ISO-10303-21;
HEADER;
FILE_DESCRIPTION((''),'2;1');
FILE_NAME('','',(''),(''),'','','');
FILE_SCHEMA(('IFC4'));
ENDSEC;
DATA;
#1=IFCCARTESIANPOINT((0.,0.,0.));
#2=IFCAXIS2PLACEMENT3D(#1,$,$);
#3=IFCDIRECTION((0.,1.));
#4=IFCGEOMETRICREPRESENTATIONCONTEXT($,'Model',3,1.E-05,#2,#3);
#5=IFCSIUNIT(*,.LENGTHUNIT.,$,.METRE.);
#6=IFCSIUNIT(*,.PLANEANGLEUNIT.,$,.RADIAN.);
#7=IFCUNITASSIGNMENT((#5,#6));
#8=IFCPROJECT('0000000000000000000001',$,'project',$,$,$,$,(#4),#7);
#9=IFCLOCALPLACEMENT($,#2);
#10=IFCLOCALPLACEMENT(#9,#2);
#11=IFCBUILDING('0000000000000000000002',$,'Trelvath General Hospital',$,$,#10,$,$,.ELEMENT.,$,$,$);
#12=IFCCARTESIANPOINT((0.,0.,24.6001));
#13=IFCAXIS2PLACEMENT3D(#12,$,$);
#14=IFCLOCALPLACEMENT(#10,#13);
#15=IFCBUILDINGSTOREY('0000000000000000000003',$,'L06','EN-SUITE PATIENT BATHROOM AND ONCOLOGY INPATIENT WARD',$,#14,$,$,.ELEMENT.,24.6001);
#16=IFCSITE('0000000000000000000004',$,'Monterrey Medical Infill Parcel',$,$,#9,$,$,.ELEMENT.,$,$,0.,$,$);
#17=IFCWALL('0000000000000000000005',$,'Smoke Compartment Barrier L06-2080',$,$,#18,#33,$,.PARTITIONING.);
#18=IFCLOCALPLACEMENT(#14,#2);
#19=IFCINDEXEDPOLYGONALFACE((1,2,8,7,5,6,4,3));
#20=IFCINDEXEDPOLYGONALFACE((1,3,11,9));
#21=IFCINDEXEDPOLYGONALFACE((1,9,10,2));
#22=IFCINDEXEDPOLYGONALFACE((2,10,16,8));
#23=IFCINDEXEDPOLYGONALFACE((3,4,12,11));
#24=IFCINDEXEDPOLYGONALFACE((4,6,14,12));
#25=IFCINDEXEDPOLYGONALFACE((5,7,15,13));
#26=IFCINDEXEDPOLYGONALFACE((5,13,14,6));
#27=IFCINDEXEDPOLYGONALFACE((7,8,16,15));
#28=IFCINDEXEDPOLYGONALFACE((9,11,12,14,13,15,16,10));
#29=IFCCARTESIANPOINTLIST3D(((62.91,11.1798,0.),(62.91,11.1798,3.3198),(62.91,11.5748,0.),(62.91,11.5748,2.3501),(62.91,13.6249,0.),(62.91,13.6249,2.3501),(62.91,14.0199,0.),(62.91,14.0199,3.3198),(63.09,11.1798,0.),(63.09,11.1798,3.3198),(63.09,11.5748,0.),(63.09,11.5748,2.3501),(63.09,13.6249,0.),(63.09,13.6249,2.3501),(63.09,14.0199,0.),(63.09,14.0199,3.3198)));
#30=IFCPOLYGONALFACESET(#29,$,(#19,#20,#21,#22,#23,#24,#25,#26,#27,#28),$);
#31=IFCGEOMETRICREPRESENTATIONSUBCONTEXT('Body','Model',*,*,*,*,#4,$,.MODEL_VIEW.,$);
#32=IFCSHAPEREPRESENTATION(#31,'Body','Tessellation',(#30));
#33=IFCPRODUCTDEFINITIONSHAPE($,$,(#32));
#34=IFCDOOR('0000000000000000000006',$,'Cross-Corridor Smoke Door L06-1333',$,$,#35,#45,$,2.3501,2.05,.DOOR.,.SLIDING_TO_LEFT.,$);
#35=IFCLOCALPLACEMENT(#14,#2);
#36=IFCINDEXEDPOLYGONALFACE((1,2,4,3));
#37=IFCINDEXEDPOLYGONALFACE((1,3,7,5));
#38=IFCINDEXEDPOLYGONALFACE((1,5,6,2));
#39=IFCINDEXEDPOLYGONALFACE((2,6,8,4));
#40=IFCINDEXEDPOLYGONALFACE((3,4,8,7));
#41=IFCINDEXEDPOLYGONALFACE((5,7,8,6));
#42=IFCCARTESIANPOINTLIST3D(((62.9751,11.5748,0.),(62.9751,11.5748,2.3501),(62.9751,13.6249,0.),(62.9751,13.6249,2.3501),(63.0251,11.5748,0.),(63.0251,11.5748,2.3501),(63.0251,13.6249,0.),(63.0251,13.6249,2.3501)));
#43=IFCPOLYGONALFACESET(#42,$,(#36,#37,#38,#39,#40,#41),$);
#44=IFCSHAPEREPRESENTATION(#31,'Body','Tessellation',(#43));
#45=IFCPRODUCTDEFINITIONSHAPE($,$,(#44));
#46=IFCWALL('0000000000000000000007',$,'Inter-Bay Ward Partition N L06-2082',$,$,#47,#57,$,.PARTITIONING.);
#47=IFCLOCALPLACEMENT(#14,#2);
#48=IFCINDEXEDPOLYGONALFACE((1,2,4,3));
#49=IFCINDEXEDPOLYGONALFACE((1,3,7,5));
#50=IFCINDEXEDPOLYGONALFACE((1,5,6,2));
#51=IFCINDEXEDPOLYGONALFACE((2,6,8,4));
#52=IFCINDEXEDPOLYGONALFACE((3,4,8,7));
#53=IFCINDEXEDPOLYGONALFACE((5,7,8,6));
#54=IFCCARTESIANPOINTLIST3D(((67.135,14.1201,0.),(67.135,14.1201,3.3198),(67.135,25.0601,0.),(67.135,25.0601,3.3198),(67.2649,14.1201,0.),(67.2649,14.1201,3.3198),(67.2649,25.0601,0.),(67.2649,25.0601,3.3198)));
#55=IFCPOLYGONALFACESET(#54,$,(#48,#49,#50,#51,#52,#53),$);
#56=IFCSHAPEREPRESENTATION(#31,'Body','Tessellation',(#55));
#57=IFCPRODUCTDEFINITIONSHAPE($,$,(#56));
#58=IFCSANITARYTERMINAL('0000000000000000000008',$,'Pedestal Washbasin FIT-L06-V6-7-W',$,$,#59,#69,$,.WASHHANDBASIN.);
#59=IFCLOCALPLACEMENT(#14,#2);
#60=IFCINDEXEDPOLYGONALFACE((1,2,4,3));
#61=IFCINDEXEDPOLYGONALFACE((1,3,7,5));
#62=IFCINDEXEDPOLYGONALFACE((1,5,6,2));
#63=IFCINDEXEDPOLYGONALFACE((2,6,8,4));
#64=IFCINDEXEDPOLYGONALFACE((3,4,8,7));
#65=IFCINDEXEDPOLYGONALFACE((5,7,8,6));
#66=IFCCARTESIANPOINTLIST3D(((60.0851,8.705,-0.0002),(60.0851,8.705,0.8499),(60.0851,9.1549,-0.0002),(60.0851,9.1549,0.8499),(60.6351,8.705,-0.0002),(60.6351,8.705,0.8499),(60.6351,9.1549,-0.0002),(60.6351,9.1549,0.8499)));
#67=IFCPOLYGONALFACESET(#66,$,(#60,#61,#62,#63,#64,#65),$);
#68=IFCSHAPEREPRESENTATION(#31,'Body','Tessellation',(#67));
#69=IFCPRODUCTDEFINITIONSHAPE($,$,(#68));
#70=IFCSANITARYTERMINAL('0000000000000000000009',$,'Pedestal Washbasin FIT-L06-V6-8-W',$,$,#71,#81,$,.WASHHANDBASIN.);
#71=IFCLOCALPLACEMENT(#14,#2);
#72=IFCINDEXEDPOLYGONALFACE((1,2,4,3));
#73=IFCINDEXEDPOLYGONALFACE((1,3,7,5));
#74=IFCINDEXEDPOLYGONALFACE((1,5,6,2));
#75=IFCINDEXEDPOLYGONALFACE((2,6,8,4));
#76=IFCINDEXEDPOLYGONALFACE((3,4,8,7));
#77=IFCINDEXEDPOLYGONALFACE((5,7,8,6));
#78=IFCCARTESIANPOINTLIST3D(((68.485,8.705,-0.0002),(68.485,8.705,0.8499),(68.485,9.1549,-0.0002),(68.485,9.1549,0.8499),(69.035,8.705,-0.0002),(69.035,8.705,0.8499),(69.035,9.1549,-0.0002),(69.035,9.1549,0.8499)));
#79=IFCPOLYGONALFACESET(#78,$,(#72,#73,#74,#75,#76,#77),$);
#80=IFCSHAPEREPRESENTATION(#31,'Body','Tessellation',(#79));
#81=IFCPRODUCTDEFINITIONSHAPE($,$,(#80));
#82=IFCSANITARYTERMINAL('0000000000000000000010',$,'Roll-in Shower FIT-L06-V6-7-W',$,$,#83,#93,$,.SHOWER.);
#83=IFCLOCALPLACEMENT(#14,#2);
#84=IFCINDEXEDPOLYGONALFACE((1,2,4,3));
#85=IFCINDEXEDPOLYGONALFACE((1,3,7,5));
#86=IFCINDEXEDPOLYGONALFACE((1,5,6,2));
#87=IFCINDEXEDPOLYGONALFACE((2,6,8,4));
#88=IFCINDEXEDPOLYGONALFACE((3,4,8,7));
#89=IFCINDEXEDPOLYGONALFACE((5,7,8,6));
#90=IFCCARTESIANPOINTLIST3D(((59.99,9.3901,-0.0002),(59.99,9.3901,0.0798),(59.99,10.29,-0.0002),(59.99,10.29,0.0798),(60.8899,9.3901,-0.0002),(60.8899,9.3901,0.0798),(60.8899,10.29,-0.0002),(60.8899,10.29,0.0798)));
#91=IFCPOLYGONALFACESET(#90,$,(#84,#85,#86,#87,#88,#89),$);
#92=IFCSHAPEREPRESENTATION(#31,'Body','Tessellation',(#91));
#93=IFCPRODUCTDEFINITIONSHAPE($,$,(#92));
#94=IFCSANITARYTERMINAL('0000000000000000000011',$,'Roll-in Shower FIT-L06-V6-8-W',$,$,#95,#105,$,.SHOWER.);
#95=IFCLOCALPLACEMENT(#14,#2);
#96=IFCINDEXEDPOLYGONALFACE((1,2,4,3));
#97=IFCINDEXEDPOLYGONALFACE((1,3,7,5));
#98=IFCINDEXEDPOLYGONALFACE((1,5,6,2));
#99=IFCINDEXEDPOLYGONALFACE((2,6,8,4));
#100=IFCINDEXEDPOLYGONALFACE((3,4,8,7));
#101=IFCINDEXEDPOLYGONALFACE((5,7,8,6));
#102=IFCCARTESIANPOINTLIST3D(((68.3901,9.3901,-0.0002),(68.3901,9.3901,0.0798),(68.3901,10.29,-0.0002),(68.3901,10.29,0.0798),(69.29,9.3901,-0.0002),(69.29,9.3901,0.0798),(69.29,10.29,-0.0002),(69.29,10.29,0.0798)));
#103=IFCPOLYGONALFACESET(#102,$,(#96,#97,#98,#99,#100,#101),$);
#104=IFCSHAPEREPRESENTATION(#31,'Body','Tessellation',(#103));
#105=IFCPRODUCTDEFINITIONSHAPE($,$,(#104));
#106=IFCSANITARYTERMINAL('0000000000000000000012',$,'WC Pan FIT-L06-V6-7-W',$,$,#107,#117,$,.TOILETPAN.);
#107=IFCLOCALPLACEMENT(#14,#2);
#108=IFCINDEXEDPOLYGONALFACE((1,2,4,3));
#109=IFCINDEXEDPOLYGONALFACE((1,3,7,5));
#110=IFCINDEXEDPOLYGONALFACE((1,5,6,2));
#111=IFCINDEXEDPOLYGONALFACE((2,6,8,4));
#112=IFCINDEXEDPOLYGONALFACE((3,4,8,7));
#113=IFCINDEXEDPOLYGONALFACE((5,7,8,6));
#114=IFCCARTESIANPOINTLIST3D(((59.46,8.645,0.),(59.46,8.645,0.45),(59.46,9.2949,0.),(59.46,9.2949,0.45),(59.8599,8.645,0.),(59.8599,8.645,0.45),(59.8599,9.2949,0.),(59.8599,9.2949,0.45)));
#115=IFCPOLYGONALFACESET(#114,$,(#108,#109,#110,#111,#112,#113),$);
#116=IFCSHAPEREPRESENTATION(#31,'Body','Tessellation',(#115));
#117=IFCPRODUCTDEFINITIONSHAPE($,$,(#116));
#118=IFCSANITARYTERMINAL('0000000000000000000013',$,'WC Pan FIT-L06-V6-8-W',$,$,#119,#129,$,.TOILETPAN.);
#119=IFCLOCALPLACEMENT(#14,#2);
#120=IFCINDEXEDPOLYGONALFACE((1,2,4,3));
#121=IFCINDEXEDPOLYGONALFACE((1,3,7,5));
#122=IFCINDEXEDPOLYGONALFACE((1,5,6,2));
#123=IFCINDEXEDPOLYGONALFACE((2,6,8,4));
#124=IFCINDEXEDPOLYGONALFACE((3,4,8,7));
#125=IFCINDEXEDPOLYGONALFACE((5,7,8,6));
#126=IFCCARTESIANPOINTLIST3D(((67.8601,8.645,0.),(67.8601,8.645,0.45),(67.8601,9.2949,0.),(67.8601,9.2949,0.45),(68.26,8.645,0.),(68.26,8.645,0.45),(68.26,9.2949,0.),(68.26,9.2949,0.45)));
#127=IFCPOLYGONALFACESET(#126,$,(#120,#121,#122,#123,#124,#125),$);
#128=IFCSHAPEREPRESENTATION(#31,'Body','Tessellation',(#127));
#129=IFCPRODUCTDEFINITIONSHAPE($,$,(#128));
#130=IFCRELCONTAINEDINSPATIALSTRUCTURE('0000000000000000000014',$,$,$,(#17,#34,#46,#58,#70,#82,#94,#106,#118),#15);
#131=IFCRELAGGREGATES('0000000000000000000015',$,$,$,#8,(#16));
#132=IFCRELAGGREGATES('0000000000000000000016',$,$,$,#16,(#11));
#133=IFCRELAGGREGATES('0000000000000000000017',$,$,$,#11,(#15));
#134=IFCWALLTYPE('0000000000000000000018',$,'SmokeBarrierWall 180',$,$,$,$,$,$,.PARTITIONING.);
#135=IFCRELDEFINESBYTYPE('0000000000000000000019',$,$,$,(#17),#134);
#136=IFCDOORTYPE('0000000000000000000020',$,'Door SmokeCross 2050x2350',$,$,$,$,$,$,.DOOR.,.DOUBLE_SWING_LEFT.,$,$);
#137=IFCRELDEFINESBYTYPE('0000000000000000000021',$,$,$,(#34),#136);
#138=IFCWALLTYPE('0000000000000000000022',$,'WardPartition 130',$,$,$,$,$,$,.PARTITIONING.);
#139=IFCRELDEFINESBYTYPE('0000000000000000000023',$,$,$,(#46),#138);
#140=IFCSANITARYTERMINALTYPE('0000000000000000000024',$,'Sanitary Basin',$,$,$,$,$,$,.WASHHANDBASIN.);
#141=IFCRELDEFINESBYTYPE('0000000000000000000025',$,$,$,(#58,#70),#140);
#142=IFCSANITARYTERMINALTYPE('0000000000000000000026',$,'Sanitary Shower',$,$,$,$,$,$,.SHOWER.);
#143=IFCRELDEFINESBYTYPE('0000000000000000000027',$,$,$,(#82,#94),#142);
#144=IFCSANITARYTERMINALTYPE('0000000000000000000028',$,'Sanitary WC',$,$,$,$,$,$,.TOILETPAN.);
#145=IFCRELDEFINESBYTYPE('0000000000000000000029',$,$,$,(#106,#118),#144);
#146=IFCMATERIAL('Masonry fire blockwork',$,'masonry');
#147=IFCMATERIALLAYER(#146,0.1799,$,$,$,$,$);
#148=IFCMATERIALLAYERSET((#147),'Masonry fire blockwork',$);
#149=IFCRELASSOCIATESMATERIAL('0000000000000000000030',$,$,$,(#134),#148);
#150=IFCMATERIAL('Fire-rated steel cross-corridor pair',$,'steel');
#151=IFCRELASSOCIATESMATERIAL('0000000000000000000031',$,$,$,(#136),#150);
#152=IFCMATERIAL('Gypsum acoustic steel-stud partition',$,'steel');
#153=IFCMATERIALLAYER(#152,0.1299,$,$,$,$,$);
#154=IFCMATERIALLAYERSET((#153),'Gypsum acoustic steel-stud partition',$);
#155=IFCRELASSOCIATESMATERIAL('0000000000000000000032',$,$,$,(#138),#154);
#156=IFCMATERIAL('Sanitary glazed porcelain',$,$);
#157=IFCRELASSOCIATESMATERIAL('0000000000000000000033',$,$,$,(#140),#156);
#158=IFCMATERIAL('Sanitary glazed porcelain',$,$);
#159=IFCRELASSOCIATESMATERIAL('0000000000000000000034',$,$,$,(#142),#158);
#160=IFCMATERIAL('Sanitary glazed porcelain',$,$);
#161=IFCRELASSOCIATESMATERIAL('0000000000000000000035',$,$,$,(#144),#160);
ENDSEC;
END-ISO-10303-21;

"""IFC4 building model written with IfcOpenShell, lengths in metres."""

from ifc_helpers import new_model, si_unit, direction, frame, frame_2d, origin, origin_2d, place, context, subcontext, project, spatial, rectangle, extrude, material, layer, layer_set, type_object, element, fill, save


model = new_model("IFC4")

# Units and contexts
model_context = context("Model", 3, precision=1e-05, world=origin(), true_north=direction((0.0, 1.0)))
body_context = subcontext(model_context, "Body", "Model", "MODEL_VIEW")
ifc_project = project(units=[si_unit("LENGTHUNIT", "METRE"), si_unit("PLANEANGLEUNIT", "RADIAN")], contexts=[model_context])

# Site, building, storey
site_placement = place(None, origin())
site = spatial("IfcSite", under=ifc_project, at=site_placement, Name="Monterrey Medical Infill Parcel", CompositionType="ELEMENT", RefElevation=0.0)
building_placement = place(site_placement, origin())
building = spatial("IfcBuilding", under=site, at=building_placement, Name="Trelvath General Hospital", CompositionType="ELEMENT")
storey_placement = place(building_placement, frame((0.0, 0.0, 24.6001)))
storey = spatial("IfcBuildingStorey", under=building, at=storey_placement, Name="L06", Description="EN-SUITE PATIENT BATHROOM AND ONCOLOGY INPATIENT WARD", CompositionType="ELEMENT", Elevation=24.6001)

# Wall, opening, door
ifc_material_1 = material(Name="Masonry fire blockwork", Category="masonry")
ifc_layer_1 = layer(ifc_material_1, 0.1799)
ifc_layer_set_1 = layer_set([ifc_layer_1], Name="Masonry fire blockwork")
wall_type_1 = type_object("IfcWallType", Name="SmokeBarrierWall 180", PredefinedType="PARTITIONING", material=ifc_layer_set_1)
wall_1_placement = place(storey_placement, frame((63.0, 11.1799, 0.0), z_axis=(0.0, 0.0, 1.0), x_axis=(0.0, 1.0, 0.0)))
wall_1 = element("IfcWall", 1, at=wall_1_placement, inside=storey, type_object=wall_type_1, Name="Smoke Compartment Barrier L06-2080", PredefinedType="PARTITIONING", context=body_context, shape_type="SweptSolid", body=[
    extrude(rectangle(XDim=2.8401, YDim=0.1799, at=frame_2d((1.4199, 0.0))), origin(), (0.0, 0.0, 1.0), 3.3198),
])
opening_1_placement = place(wall_1_placement, frame((0.395, 0.0, 0.0)))
opening_1 = element("IfcOpeningElement", 2, at=opening_1_placement, cuts=wall_1, PredefinedType="OPENING", context=body_context, shape_type="SweptSolid", body=[
    extrude(rectangle(XDim=2.05, YDim=2.3501, at=frame_2d((1.0249, 1.175))), frame((0.0, 0.0999, 0.0), z_axis=(0.0, -1.0, 0.0), x_axis=(1.0, 0.0, 0.0)), (0.0, 0.0, 1.0), 0.2),
])
ifc_material_2 = material(Name="Fire-rated steel cross-corridor pair", Category="steel")
door_type_1 = type_object("IfcDoorType", Name="Door SmokeCross 2050x2350", OperationType="DOUBLE_SWING_LEFT", PredefinedType="DOOR", material=ifc_material_2)
door_1_placement = place(opening_1_placement, origin())
door_1 = element("IfcDoor", 3, at=door_1_placement, inside=storey, type_object=door_type_1, Name="Cross-Corridor Smoke Door L06-1333", OperationType="SLIDING_TO_LEFT", OverallHeight=2.3501, OverallWidth=2.05, PredefinedType="DOOR", context=body_context, shape_type="SweptSolid", body=[
    extrude(rectangle(XDim=2.05, YDim=2.3501, at=frame_2d((1.0249, 1.175))), frame((0.0, 0.0249, 0.0), z_axis=(0.0, -1.0, 0.0), x_axis=(1.0, 0.0, 0.0)), (0.0, 0.0, 1.0), 0.05),
])
fill(opening_1, door_1)

# Wall
ifc_material_3 = material(Name="Gypsum acoustic steel-stud partition", Category="steel")
ifc_layer_2 = layer(ifc_material_3, 0.1299)
ifc_layer_set_2 = layer_set([ifc_layer_2], Name="Gypsum acoustic steel-stud partition")
wall_type_2 = type_object("IfcWallType", Name="WardPartition 130", PredefinedType="PARTITIONING", material=ifc_layer_set_2)
wall_2_placement = place(storey_placement, frame((67.2, 14.1201, 0.0), z_axis=(0.0, 0.0, 1.0), x_axis=(0.0, 1.0, 0.0)))
element("IfcWall", 4, at=wall_2_placement, inside=storey, type_object=wall_type_2, Name="Inter-Bay Ward Partition N L06-2082", PredefinedType="PARTITIONING", context=body_context, shape_type="SweptSolid", body=[
    extrude(rectangle(XDim=10.9399, YDim=0.1299, at=frame_2d((5.47, 0.0))), origin(), (0.0, 0.0, 1.0), 3.3198),
])

# Sanitary terminals
ifc_material_4 = material(Name="Sanitary glazed porcelain")
sanitary_terminal_type_1 = type_object("IfcSanitaryTerminalType", Name="Sanitary Basin", PredefinedType="WASHHANDBASIN", material=ifc_material_4)
for number, where, z_axis, x_axis, name in (
    (5, (60.3601, 8.9299, -0.0002), (0.0, 0.0, 1.0), (1.0, 0.0, 0.0), "Pedestal Washbasin FIT-L06-V6-7-W"),
    (6, (68.76, 8.9299, -0.0002), (0.0, 0.0, 1.0), (1.0, 0.0, 0.0), "Pedestal Washbasin FIT-L06-V6-8-W"),
):
    element("IfcSanitaryTerminal", number, at=place(storey_placement, frame(where, z_axis=z_axis, x_axis=x_axis)), inside=storey, type_object=sanitary_terminal_type_1, Name=name, PredefinedType="WASHHANDBASIN", context=body_context, shape_type="SweptSolid", body=[
        extrude(rectangle(XDim=0.55, YDim=0.45, at=origin_2d()), origin(), (0.0, 0.0, 1.0), 0.8501),
    ])
ifc_material_5 = material(Name="Sanitary glazed porcelain")
sanitary_terminal_type_2 = type_object("IfcSanitaryTerminalType", Name="Sanitary Shower", PredefinedType="SHOWER", material=ifc_material_5)
for number, where, z_axis, x_axis, name in (
    (7, (60.4399, 9.8401, -0.0002), (0.0, 0.0, 1.0), (1.0, 0.0, 0.0), "Roll-in Shower FIT-L06-V6-7-W"),
    (8, (68.8401, 9.8401, -0.0002), (0.0, 0.0, 1.0), (1.0, 0.0, 0.0), "Roll-in Shower FIT-L06-V6-8-W"),
):
    element("IfcSanitaryTerminal", number, at=place(storey_placement, frame(where, z_axis=z_axis, x_axis=x_axis)), inside=storey, type_object=sanitary_terminal_type_2, Name=name, PredefinedType="SHOWER", context=body_context, shape_type="SweptSolid", body=[
        extrude(rectangle(XDim=0.8999, YDim=0.8999, at=origin_2d()), origin(), (0.0, 0.0, 1.0), 0.0801),
    ])
ifc_material_6 = material(Name="Sanitary glazed porcelain")
sanitary_terminal_type_3 = type_object("IfcSanitaryTerminalType", Name="Sanitary WC", PredefinedType="TOILETPAN", material=ifc_material_6)
for number, where, z_axis, x_axis, name in (
    (9, (59.6599, 8.97, 0.0), (0.0, 0.0, 1.0), (1.0, 0.0, 0.0), "WC Pan FIT-L06-V6-7-W"),
    (10, (68.0601, 8.97, 0.0), (0.0, 0.0, 1.0), (1.0, 0.0, 0.0), "WC Pan FIT-L06-V6-8-W"),
):
    element("IfcSanitaryTerminal", number, at=place(storey_placement, frame(where, z_axis=z_axis, x_axis=x_axis)), inside=storey, type_object=sanitary_terminal_type_3, Name=name, PredefinedType="TOILETPAN", context=body_context, shape_type="SweptSolid", body=[
        extrude(rectangle(XDim=0.3999, YDim=0.6499, at=origin_2d()), origin(), (0.0, 0.0, 1.0), 0.45),
    ])

save(model, "model.ifc")
